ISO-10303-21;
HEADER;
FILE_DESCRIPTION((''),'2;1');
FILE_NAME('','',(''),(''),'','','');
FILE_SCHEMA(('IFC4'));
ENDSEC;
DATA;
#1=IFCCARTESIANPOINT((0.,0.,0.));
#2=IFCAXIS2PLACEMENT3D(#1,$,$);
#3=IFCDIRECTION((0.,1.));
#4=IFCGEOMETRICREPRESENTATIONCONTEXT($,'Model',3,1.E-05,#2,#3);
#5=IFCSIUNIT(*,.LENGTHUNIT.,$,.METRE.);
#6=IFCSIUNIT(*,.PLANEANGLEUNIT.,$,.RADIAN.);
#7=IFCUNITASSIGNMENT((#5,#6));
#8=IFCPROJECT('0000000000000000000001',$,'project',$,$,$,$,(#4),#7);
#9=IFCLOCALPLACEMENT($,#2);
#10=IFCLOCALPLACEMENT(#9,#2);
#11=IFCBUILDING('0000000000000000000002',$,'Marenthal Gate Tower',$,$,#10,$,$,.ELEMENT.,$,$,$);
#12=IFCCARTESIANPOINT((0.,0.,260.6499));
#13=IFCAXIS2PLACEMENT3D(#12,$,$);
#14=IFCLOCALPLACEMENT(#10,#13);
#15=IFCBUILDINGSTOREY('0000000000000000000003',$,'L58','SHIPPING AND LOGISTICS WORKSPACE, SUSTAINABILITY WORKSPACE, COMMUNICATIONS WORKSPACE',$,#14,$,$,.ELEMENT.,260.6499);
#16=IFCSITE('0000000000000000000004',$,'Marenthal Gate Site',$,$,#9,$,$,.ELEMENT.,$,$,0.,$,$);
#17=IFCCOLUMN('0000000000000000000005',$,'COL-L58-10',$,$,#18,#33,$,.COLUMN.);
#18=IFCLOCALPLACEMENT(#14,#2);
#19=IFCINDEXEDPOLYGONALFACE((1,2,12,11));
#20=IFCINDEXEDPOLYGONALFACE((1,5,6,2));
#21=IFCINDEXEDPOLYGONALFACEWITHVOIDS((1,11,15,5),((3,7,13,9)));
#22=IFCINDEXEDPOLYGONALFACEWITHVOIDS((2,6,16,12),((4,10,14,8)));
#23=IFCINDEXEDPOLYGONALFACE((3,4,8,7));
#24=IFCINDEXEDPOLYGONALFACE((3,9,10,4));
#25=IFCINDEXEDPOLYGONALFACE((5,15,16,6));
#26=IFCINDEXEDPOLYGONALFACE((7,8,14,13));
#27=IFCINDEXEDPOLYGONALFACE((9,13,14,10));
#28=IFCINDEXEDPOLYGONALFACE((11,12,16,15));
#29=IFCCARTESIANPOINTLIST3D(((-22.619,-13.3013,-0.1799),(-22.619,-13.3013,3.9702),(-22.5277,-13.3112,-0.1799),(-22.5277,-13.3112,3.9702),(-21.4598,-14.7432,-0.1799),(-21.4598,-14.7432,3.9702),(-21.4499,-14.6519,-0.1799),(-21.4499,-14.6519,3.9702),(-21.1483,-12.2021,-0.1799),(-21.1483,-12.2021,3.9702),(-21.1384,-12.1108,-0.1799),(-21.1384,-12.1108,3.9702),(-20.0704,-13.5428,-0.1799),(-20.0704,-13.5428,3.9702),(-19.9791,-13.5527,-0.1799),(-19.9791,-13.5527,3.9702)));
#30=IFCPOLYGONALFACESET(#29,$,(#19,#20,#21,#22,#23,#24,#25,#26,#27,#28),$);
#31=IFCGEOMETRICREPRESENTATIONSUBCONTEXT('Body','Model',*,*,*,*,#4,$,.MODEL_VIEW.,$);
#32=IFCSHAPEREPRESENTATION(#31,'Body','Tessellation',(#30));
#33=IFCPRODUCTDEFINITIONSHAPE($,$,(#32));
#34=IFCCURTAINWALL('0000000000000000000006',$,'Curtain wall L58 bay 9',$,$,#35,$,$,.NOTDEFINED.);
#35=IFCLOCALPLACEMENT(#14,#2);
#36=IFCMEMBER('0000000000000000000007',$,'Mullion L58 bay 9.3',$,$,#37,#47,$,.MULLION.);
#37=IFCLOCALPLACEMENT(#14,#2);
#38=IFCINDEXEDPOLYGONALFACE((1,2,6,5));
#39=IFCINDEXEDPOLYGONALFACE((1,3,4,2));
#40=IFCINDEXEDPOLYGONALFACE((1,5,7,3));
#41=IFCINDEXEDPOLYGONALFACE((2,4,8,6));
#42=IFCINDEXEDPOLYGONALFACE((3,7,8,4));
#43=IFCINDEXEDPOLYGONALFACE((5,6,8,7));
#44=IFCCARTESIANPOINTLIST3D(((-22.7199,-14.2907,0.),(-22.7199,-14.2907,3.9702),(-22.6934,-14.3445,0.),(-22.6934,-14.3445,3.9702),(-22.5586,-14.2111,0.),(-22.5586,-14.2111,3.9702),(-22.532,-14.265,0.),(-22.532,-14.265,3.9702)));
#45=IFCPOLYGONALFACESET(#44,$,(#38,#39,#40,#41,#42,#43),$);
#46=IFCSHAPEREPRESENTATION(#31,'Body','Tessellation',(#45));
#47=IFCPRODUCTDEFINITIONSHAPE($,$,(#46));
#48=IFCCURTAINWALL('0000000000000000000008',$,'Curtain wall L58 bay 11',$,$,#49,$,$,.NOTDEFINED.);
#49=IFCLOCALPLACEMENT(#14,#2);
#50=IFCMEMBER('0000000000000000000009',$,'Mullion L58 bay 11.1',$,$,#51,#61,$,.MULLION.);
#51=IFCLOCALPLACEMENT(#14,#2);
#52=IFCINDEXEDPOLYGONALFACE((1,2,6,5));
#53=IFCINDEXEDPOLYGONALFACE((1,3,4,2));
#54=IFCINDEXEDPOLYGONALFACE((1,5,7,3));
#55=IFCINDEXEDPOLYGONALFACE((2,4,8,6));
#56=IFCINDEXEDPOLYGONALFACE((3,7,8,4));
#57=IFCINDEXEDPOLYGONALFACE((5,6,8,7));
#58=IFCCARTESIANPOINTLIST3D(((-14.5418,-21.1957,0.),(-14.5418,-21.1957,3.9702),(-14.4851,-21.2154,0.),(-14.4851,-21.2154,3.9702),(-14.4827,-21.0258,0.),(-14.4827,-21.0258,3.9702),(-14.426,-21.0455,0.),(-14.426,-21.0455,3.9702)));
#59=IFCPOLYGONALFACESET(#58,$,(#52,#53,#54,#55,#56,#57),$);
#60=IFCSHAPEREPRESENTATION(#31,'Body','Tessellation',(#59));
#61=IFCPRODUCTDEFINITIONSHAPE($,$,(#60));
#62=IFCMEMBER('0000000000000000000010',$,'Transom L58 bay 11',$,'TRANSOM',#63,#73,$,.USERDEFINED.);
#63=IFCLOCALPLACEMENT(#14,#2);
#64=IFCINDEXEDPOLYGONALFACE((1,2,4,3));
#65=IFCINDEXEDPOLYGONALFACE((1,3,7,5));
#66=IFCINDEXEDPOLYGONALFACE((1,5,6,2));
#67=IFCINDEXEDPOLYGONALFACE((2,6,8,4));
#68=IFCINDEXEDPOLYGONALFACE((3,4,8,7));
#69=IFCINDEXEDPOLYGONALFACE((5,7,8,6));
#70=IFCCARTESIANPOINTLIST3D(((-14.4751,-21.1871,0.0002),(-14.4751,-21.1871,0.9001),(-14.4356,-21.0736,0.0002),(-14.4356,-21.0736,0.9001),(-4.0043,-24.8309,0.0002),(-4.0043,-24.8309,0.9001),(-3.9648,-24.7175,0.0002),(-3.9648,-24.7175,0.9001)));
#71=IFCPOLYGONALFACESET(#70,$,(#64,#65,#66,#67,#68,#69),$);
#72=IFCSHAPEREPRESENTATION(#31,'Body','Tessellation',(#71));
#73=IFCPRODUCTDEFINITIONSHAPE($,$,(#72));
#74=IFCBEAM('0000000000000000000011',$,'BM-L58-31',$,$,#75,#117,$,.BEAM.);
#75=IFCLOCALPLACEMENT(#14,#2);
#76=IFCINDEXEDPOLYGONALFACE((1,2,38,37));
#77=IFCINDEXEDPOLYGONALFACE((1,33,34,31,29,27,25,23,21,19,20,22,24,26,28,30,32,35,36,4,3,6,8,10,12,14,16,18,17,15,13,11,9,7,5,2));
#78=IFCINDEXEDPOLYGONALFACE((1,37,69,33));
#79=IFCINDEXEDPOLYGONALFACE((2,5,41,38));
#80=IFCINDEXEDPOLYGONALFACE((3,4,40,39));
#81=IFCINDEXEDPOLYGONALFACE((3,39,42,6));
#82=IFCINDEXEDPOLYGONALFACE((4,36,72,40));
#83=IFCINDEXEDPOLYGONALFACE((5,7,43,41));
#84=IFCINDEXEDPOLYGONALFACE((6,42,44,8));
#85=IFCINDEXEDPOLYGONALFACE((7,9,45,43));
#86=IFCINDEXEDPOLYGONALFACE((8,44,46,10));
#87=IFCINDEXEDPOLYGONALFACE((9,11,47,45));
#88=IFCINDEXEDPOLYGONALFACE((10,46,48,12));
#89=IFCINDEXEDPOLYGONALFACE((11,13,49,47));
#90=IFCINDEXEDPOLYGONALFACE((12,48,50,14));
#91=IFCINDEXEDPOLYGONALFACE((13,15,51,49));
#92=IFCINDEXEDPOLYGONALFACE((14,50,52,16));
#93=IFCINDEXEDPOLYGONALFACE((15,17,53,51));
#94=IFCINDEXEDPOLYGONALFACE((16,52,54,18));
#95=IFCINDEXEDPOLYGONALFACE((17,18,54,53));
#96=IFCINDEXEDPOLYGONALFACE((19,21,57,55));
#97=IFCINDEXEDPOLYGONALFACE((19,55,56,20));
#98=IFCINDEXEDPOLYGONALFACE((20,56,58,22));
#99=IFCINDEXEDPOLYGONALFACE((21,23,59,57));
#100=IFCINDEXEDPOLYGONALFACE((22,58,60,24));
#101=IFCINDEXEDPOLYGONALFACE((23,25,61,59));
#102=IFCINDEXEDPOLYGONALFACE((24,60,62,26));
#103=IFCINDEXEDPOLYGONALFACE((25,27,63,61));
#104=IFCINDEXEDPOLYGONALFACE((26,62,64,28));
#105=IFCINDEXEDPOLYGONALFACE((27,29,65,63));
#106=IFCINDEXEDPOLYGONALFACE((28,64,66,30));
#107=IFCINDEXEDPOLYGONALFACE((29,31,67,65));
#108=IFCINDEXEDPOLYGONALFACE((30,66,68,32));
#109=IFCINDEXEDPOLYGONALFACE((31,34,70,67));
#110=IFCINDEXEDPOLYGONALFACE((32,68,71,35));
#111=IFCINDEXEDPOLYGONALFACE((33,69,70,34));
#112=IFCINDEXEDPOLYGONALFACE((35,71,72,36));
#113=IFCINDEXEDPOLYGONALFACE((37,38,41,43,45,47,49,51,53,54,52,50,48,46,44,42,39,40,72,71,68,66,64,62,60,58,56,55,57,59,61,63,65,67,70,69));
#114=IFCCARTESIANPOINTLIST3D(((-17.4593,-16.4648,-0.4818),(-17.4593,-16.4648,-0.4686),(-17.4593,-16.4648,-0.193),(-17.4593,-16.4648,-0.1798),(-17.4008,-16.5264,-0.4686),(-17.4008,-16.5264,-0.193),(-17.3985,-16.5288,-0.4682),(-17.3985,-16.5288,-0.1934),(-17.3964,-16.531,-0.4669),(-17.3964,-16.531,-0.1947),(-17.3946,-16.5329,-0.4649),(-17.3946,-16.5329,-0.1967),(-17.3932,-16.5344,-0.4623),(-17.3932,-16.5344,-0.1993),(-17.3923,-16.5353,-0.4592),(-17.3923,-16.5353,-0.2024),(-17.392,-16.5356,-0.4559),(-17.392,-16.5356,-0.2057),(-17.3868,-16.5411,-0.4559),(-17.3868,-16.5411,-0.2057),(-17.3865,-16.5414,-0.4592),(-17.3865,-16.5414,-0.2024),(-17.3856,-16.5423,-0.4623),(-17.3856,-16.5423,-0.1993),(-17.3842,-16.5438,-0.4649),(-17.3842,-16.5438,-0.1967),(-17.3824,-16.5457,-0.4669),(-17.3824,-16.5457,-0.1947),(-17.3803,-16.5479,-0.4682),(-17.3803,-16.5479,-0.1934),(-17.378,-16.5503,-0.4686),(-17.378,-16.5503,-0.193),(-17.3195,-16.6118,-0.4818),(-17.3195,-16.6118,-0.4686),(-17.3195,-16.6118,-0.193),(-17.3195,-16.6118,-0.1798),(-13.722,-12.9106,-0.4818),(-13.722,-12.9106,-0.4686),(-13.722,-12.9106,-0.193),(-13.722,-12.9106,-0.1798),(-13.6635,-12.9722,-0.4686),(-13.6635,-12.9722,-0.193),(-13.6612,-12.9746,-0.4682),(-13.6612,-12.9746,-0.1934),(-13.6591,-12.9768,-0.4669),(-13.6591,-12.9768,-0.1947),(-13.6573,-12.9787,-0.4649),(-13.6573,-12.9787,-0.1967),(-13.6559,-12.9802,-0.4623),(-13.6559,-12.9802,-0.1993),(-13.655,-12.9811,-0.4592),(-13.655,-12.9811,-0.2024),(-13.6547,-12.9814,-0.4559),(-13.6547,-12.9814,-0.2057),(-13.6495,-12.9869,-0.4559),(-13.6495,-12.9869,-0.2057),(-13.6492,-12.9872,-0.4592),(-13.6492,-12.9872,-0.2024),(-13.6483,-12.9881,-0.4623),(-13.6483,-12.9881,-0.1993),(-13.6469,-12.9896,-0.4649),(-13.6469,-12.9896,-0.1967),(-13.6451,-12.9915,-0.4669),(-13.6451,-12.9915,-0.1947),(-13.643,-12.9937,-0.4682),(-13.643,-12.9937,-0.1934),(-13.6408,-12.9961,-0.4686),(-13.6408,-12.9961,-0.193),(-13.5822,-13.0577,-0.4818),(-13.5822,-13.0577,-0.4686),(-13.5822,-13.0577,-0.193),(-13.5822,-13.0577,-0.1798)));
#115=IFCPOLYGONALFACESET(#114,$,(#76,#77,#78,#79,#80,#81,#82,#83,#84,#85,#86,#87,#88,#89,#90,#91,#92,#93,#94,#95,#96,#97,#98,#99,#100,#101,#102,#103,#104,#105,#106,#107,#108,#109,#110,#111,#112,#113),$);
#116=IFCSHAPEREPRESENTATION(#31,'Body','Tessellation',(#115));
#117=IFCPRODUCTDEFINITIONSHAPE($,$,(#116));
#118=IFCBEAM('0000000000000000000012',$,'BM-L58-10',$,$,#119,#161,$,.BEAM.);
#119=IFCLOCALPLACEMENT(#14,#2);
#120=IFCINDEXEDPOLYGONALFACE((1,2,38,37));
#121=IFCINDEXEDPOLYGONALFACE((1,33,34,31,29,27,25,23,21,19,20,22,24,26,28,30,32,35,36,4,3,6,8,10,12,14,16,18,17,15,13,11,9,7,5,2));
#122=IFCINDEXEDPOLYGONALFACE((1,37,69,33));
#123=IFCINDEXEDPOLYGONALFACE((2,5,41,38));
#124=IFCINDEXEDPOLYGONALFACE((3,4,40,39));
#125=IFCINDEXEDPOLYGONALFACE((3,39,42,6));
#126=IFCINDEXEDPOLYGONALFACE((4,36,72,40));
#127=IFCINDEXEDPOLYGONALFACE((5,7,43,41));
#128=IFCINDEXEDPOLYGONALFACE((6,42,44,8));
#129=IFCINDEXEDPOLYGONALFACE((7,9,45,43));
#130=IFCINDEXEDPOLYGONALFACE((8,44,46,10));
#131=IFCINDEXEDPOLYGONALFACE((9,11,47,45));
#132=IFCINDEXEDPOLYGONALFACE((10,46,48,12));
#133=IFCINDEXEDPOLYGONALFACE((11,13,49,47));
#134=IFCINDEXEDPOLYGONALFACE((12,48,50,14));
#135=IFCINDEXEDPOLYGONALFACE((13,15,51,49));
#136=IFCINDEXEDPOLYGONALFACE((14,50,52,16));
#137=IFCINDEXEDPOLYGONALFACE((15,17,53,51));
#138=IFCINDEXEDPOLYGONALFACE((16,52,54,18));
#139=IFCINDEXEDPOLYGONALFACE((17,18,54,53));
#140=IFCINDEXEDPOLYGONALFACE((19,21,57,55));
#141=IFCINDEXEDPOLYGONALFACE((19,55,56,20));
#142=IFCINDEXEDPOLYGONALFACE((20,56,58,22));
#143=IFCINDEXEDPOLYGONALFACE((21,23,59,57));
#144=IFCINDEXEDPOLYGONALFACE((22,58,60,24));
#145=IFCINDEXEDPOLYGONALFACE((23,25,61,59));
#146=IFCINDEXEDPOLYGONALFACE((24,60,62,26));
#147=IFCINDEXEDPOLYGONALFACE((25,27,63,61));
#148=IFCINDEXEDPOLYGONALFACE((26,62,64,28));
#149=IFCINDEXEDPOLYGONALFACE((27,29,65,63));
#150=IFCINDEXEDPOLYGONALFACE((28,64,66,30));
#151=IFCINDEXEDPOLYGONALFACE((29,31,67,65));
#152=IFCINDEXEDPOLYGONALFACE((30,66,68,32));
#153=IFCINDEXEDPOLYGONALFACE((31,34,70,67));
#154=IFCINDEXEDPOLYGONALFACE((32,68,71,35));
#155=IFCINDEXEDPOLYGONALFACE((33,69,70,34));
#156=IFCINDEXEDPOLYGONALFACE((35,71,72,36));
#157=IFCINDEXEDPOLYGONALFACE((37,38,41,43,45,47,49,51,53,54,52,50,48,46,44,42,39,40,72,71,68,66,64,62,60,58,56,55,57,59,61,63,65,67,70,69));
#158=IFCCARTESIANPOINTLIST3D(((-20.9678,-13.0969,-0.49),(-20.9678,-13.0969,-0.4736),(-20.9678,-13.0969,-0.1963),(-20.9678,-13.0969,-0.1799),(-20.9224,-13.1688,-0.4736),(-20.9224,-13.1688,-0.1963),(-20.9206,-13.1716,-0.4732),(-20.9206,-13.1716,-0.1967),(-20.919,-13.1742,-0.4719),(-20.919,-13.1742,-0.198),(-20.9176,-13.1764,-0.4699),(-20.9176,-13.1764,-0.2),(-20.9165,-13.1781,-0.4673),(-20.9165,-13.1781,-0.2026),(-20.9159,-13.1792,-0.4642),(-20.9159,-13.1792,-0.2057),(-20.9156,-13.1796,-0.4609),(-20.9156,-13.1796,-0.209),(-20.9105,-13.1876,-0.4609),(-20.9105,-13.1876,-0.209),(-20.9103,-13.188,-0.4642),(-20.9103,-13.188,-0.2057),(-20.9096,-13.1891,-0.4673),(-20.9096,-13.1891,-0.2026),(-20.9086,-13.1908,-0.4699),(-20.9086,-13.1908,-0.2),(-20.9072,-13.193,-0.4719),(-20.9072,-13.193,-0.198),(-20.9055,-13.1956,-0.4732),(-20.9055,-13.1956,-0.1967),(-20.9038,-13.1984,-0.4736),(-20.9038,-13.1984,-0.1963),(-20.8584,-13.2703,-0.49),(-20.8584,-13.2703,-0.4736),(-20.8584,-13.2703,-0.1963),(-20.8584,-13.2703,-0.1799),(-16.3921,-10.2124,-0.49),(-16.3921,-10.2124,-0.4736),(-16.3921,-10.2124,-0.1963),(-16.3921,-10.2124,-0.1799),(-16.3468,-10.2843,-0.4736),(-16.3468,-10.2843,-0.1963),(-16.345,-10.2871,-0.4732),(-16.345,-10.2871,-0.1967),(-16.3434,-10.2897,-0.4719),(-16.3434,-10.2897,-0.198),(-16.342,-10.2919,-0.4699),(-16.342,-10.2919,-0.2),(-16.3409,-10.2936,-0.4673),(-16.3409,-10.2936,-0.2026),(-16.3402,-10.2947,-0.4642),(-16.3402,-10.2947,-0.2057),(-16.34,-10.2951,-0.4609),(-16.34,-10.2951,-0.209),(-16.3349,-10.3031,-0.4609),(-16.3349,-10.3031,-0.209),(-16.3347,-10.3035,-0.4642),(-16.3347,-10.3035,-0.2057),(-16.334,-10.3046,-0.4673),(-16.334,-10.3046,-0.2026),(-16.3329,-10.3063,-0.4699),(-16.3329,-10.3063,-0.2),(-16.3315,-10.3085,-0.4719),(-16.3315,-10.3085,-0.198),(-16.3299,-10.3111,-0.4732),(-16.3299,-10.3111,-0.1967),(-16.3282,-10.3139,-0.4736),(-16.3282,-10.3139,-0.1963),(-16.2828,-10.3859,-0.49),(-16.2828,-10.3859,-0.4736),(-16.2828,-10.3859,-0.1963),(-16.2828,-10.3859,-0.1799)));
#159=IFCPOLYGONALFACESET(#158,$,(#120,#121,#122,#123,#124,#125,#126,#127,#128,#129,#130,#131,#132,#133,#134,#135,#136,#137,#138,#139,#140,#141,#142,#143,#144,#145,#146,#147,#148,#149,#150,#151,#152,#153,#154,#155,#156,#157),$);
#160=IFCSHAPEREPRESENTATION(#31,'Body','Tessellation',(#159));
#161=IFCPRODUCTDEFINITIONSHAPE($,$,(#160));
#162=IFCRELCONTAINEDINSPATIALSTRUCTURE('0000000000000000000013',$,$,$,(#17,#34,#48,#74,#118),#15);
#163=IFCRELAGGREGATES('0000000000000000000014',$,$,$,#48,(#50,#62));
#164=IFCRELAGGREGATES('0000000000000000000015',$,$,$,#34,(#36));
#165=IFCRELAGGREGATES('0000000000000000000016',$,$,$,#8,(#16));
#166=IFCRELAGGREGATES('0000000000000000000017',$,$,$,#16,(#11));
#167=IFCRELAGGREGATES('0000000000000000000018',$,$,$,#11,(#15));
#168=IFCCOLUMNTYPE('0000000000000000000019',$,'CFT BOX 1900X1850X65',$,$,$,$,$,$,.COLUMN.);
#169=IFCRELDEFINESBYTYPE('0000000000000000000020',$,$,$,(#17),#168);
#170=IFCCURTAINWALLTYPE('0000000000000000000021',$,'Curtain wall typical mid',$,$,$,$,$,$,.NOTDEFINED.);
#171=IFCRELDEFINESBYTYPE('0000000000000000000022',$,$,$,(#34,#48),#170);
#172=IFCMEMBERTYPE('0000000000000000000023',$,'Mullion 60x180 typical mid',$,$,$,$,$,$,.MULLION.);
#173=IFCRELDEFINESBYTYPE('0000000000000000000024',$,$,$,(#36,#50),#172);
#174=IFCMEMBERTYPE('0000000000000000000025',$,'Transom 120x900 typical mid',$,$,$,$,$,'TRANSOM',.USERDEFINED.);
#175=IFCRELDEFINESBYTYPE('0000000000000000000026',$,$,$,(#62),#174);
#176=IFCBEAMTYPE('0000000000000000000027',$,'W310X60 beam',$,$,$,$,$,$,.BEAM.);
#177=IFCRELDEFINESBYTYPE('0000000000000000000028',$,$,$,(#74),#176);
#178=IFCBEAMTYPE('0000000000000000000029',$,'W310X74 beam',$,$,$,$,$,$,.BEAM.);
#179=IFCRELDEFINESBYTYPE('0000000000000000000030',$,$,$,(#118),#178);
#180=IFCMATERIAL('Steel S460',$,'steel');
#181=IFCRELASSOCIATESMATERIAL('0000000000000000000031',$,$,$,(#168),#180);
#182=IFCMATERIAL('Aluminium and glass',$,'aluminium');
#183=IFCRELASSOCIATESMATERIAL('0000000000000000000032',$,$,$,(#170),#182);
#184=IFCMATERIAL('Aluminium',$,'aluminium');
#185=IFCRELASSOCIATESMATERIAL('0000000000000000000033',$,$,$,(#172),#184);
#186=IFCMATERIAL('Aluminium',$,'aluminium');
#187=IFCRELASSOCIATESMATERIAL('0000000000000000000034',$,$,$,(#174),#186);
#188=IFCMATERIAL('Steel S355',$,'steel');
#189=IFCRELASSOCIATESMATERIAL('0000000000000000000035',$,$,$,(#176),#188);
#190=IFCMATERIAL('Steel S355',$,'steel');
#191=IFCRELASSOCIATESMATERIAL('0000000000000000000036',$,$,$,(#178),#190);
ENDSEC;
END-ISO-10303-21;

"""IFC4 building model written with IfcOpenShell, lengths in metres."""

from ifc_helpers import new_model, si_unit, direction, frame, origin, origin_2d, place, context, subcontext, project, spatial, rectangle, hollow_rectangle, i_section, extrude, material, material_profile, profile_set, type_object, element, aggregate, save


model = new_model("IFC4")

# Units and contexts
model_context = context("Model", 3, precision=1e-05, world=origin(), true_north=direction((0.0, 1.0)))
body_context = subcontext(model_context, "Body", "Model", "MODEL_VIEW")
ifc_project = project(units=[si_unit("LENGTHUNIT", "METRE"), si_unit("PLANEANGLEUNIT", "RADIAN")], contexts=[model_context])

# Site, building, storey
site_placement = place(None, origin())
site = spatial("IfcSite", under=ifc_project, at=site_placement, Name="Marenthal Gate Site", CompositionType="ELEMENT", RefElevation=0.0)
building_placement = place(site_placement, origin())
building = spatial("IfcBuilding", under=site, at=building_placement, Name="Marenthal Gate Tower", CompositionType="ELEMENT")
storey_placement = place(building_placement, frame((0.0, 0.0, 260.6499)))
storey = spatial("IfcBuildingStorey", under=building, at=storey_placement, Name="L58", Description="SHIPPING AND LOGISTICS WORKSPACE, SUSTAINABILITY WORKSPACE, COMMUNICATIONS WORKSPACE", CompositionType="ELEMENT", Elevation=260.6499)

# Column
ifc_material_1 = material(Name="Steel S460", Category="steel")
ifc_material_profile_1 = material_profile(ifc_material_1, hollow_rectangle(XDim=1.8501, YDim=1.8999, WallThickness=0.0649, at=origin_2d()), Name="CFT BOX 1900X1850X65")
ifc_material_2 = material(Name="Concrete 70 MPa", Category="concrete")
ifc_material_profile_2 = material_profile(ifc_material_2, rectangle(XDim=1.72, YDim=1.77, at=origin_2d()), Name="CFT BOX 1900X1850X65 INFILL")
ifc_profile_set_1 = profile_set([ifc_material_profile_1, ifc_material_profile_2], Name="Steel S460 shell, Concrete 70 MPa infill")
column_type = type_object("IfcColumnType", Name="CFT BOX 1900X1850X65", PredefinedType="COLUMN", material=ifc_profile_set_1)
column_placement = place(storey_placement, frame((-21.2991, -13.427, -0.1799), z_axis=(0.0, 0.0, 1.0), x_axis=(-0.626593, 0.779347, 0.0)))
element("IfcColumn", 1, at=column_placement, inside=storey, type_object=column_type, Name="COL-L58-10", PredefinedType="COLUMN", context=body_context, shape_type="SweptSolid", body=[
    extrude(hollow_rectangle(XDim=1.8501, YDim=1.8999, WallThickness=0.0649, at=origin_2d()), origin(), (0.0, 0.0, 1.0), 4.1501),
])

# Curtain wall, member
ifc_material_3 = material(Name="Aluminium and glass", Category="aluminium")
curtain_wall_type = type_object("IfcCurtainWallType", Name="Curtain wall typical mid", PredefinedType="NOTDEFINED", material=ifc_material_3)
curtain_wall_1_placement = place(storey_placement, origin())
curtain_wall_1 = element("IfcCurtainWall", 2, at=curtain_wall_1_placement, inside=storey, type_object=curtain_wall_type, Name="Curtain wall L58 bay 9", PredefinedType="NOTDEFINED")
ifc_material_4 = material(Name="Aluminium", Category="aluminium")
ifc_material_profile_3 = material_profile(ifc_material_4, rectangle(XDim=0.1799, YDim=0.0601, at=origin_2d()), Name="60x180 aluminium mullion")
ifc_profile_set_2 = profile_set([ifc_material_profile_3], Name="Aluminium")
member_type_1 = type_object("IfcMemberType", Name="Mullion 60x180 typical mid", PredefinedType="MULLION", material=ifc_profile_set_2)
member_1_placement = place(storey_placement, frame((-22.626, -14.2778, 0.0), z_axis=(0.0, 0.0, 1.0), x_axis=(0.896921, 0.442192, 0.0)))
member_1 = element("IfcMember", 3, at=member_1_placement, type_object=member_type_1, Name="Mullion L58 bay 9.3", PredefinedType="MULLION", context=body_context, shape_type="SweptSolid", body=[
    extrude(rectangle(XDim=0.1799, YDim=0.0601, at=origin_2d()), origin(), (0.0, 0.0, 1.0), 3.9702),
])

# Curtain wall, members
curtain_wall_2_placement = place(storey_placement, origin())
curtain_wall_2 = element("IfcCurtainWall", 4, at=curtain_wall_2_placement, inside=storey, type_object=curtain_wall_type, Name="Curtain wall L58 bay 11", PredefinedType="NOTDEFINED")
member_2_placement = place(storey_placement, frame((-14.4839, -21.1206, 0.0), z_axis=(0.0, 0.0, 1.0), x_axis=(0.32867, 0.944445, 0.0)))
member_2 = element("IfcMember", 5, at=member_2_placement, type_object=member_type_1, Name="Mullion L58 bay 11.1", PredefinedType="MULLION", context=body_context, shape_type="SweptSolid", body=[
    extrude(rectangle(XDim=0.1799, YDim=0.0601, at=origin_2d()), origin(), (0.0, 0.0, 1.0), 3.9702),
])
ifc_material_5 = material(Name="Aluminium", Category="aluminium")
ifc_material_profile_4 = material_profile(ifc_material_5, rectangle(XDim=0.1201, YDim=0.8999, at=origin_2d()), Name="120x900 aluminium transom")
ifc_profile_set_3 = profile_set([ifc_material_profile_4], Name="Aluminium")
member_type_2 = type_object("IfcMemberType", Name="Transom 120x900 typical mid", ElementType="TRANSOM", PredefinedType="USERDEFINED", material=ifc_profile_set_3)
member_3_placement = place(storey_placement, frame((-14.4553, -21.1304, 0.4502), z_axis=(0.944446, -0.328667, 0.0), x_axis=(0.328667, 0.944446, 0.0)))
member_3 = element("IfcMember", 6, at=member_3_placement, type_object=member_type_2, Name="Transom L58 bay 11", ObjectType="TRANSOM", PredefinedType="USERDEFINED", context=body_context, shape_type="SweptSolid", body=[
    extrude(rectangle(XDim=0.1201, YDim=0.8999, at=origin_2d()), origin(), (0.0, 0.0, 1.0), 11.0867),
])
aggregate(curtain_wall_2, [member_2, member_3])

# Beams
ifc_material_6 = material(Name="Steel S355", Category="steel")
ifc_material_profile_5 = material_profile(ifc_material_6, i_section(OverallWidth=0.2029, OverallDepth=0.302, WebThickness=0.0076, FlangeThickness=0.0132, FilletRadius=0.0127, at=origin_2d()), Name="W310X60")
ifc_profile_set_4 = profile_set([ifc_material_profile_5], Name="Steel S355")
beam_type_1 = type_object("IfcBeamType", Name="W310X60 beam", PredefinedType="BEAM", material=ifc_profile_set_4)
beam_1_placement = place(storey_placement, frame((-17.3894, -16.5383, -0.3308), z_axis=(0.724635, 0.689133, 0.0), x_axis=(-0.689133, 0.724635, 0.0)))
element("IfcBeam", 7, at=beam_1_placement, inside=storey, type_object=beam_type_1, Name="BM-L58-31", PredefinedType="BEAM", context=body_context, shape_type="SweptSolid", body=[
    extrude(i_section(OverallWidth=0.2029, OverallDepth=0.302, WebThickness=0.0076, FlangeThickness=0.0132, FilletRadius=0.0127, at=origin_2d()), origin(), (0.0, 0.0, 1.0), 5.1575),
])
ifc_material_7 = material(Name="Steel S355", Category="steel")
ifc_material_profile_6 = material_profile(ifc_material_7, i_section(OverallWidth=0.2051, OverallDepth=0.3101, WebThickness=0.0095, FlangeThickness=0.0164, FilletRadius=0.0127, at=origin_2d()), Name="W310X74")
ifc_profile_set_5 = profile_set([ifc_material_profile_6], Name="Steel S355")
beam_type_2 = type_object("IfcBeamType", Name="W310X74 beam", PredefinedType="BEAM", material=ifc_profile_set_5)
beam_2_placement = place(storey_placement, frame((-20.9131, -13.1836, -0.335), z_axis=(0.845938, 0.533281, 0.0), x_axis=(-0.533281, 0.845938, 0.0)))
element("IfcBeam", 8, at=beam_2_placement, inside=storey, type_object=beam_type_2, Name="BM-L58-10", PredefinedType="BEAM", context=body_context, shape_type="SweptSolid", body=[
    extrude(i_section(OverallWidth=0.2051, OverallDepth=0.3101, WebThickness=0.0095, FlangeThickness=0.0164, FilletRadius=0.0127, at=origin_2d()), origin(), (0.0, 0.0, 1.0), 5.4089),
])

aggregate(curtain_wall_1, [member_1])

save(model, "model.ifc")
